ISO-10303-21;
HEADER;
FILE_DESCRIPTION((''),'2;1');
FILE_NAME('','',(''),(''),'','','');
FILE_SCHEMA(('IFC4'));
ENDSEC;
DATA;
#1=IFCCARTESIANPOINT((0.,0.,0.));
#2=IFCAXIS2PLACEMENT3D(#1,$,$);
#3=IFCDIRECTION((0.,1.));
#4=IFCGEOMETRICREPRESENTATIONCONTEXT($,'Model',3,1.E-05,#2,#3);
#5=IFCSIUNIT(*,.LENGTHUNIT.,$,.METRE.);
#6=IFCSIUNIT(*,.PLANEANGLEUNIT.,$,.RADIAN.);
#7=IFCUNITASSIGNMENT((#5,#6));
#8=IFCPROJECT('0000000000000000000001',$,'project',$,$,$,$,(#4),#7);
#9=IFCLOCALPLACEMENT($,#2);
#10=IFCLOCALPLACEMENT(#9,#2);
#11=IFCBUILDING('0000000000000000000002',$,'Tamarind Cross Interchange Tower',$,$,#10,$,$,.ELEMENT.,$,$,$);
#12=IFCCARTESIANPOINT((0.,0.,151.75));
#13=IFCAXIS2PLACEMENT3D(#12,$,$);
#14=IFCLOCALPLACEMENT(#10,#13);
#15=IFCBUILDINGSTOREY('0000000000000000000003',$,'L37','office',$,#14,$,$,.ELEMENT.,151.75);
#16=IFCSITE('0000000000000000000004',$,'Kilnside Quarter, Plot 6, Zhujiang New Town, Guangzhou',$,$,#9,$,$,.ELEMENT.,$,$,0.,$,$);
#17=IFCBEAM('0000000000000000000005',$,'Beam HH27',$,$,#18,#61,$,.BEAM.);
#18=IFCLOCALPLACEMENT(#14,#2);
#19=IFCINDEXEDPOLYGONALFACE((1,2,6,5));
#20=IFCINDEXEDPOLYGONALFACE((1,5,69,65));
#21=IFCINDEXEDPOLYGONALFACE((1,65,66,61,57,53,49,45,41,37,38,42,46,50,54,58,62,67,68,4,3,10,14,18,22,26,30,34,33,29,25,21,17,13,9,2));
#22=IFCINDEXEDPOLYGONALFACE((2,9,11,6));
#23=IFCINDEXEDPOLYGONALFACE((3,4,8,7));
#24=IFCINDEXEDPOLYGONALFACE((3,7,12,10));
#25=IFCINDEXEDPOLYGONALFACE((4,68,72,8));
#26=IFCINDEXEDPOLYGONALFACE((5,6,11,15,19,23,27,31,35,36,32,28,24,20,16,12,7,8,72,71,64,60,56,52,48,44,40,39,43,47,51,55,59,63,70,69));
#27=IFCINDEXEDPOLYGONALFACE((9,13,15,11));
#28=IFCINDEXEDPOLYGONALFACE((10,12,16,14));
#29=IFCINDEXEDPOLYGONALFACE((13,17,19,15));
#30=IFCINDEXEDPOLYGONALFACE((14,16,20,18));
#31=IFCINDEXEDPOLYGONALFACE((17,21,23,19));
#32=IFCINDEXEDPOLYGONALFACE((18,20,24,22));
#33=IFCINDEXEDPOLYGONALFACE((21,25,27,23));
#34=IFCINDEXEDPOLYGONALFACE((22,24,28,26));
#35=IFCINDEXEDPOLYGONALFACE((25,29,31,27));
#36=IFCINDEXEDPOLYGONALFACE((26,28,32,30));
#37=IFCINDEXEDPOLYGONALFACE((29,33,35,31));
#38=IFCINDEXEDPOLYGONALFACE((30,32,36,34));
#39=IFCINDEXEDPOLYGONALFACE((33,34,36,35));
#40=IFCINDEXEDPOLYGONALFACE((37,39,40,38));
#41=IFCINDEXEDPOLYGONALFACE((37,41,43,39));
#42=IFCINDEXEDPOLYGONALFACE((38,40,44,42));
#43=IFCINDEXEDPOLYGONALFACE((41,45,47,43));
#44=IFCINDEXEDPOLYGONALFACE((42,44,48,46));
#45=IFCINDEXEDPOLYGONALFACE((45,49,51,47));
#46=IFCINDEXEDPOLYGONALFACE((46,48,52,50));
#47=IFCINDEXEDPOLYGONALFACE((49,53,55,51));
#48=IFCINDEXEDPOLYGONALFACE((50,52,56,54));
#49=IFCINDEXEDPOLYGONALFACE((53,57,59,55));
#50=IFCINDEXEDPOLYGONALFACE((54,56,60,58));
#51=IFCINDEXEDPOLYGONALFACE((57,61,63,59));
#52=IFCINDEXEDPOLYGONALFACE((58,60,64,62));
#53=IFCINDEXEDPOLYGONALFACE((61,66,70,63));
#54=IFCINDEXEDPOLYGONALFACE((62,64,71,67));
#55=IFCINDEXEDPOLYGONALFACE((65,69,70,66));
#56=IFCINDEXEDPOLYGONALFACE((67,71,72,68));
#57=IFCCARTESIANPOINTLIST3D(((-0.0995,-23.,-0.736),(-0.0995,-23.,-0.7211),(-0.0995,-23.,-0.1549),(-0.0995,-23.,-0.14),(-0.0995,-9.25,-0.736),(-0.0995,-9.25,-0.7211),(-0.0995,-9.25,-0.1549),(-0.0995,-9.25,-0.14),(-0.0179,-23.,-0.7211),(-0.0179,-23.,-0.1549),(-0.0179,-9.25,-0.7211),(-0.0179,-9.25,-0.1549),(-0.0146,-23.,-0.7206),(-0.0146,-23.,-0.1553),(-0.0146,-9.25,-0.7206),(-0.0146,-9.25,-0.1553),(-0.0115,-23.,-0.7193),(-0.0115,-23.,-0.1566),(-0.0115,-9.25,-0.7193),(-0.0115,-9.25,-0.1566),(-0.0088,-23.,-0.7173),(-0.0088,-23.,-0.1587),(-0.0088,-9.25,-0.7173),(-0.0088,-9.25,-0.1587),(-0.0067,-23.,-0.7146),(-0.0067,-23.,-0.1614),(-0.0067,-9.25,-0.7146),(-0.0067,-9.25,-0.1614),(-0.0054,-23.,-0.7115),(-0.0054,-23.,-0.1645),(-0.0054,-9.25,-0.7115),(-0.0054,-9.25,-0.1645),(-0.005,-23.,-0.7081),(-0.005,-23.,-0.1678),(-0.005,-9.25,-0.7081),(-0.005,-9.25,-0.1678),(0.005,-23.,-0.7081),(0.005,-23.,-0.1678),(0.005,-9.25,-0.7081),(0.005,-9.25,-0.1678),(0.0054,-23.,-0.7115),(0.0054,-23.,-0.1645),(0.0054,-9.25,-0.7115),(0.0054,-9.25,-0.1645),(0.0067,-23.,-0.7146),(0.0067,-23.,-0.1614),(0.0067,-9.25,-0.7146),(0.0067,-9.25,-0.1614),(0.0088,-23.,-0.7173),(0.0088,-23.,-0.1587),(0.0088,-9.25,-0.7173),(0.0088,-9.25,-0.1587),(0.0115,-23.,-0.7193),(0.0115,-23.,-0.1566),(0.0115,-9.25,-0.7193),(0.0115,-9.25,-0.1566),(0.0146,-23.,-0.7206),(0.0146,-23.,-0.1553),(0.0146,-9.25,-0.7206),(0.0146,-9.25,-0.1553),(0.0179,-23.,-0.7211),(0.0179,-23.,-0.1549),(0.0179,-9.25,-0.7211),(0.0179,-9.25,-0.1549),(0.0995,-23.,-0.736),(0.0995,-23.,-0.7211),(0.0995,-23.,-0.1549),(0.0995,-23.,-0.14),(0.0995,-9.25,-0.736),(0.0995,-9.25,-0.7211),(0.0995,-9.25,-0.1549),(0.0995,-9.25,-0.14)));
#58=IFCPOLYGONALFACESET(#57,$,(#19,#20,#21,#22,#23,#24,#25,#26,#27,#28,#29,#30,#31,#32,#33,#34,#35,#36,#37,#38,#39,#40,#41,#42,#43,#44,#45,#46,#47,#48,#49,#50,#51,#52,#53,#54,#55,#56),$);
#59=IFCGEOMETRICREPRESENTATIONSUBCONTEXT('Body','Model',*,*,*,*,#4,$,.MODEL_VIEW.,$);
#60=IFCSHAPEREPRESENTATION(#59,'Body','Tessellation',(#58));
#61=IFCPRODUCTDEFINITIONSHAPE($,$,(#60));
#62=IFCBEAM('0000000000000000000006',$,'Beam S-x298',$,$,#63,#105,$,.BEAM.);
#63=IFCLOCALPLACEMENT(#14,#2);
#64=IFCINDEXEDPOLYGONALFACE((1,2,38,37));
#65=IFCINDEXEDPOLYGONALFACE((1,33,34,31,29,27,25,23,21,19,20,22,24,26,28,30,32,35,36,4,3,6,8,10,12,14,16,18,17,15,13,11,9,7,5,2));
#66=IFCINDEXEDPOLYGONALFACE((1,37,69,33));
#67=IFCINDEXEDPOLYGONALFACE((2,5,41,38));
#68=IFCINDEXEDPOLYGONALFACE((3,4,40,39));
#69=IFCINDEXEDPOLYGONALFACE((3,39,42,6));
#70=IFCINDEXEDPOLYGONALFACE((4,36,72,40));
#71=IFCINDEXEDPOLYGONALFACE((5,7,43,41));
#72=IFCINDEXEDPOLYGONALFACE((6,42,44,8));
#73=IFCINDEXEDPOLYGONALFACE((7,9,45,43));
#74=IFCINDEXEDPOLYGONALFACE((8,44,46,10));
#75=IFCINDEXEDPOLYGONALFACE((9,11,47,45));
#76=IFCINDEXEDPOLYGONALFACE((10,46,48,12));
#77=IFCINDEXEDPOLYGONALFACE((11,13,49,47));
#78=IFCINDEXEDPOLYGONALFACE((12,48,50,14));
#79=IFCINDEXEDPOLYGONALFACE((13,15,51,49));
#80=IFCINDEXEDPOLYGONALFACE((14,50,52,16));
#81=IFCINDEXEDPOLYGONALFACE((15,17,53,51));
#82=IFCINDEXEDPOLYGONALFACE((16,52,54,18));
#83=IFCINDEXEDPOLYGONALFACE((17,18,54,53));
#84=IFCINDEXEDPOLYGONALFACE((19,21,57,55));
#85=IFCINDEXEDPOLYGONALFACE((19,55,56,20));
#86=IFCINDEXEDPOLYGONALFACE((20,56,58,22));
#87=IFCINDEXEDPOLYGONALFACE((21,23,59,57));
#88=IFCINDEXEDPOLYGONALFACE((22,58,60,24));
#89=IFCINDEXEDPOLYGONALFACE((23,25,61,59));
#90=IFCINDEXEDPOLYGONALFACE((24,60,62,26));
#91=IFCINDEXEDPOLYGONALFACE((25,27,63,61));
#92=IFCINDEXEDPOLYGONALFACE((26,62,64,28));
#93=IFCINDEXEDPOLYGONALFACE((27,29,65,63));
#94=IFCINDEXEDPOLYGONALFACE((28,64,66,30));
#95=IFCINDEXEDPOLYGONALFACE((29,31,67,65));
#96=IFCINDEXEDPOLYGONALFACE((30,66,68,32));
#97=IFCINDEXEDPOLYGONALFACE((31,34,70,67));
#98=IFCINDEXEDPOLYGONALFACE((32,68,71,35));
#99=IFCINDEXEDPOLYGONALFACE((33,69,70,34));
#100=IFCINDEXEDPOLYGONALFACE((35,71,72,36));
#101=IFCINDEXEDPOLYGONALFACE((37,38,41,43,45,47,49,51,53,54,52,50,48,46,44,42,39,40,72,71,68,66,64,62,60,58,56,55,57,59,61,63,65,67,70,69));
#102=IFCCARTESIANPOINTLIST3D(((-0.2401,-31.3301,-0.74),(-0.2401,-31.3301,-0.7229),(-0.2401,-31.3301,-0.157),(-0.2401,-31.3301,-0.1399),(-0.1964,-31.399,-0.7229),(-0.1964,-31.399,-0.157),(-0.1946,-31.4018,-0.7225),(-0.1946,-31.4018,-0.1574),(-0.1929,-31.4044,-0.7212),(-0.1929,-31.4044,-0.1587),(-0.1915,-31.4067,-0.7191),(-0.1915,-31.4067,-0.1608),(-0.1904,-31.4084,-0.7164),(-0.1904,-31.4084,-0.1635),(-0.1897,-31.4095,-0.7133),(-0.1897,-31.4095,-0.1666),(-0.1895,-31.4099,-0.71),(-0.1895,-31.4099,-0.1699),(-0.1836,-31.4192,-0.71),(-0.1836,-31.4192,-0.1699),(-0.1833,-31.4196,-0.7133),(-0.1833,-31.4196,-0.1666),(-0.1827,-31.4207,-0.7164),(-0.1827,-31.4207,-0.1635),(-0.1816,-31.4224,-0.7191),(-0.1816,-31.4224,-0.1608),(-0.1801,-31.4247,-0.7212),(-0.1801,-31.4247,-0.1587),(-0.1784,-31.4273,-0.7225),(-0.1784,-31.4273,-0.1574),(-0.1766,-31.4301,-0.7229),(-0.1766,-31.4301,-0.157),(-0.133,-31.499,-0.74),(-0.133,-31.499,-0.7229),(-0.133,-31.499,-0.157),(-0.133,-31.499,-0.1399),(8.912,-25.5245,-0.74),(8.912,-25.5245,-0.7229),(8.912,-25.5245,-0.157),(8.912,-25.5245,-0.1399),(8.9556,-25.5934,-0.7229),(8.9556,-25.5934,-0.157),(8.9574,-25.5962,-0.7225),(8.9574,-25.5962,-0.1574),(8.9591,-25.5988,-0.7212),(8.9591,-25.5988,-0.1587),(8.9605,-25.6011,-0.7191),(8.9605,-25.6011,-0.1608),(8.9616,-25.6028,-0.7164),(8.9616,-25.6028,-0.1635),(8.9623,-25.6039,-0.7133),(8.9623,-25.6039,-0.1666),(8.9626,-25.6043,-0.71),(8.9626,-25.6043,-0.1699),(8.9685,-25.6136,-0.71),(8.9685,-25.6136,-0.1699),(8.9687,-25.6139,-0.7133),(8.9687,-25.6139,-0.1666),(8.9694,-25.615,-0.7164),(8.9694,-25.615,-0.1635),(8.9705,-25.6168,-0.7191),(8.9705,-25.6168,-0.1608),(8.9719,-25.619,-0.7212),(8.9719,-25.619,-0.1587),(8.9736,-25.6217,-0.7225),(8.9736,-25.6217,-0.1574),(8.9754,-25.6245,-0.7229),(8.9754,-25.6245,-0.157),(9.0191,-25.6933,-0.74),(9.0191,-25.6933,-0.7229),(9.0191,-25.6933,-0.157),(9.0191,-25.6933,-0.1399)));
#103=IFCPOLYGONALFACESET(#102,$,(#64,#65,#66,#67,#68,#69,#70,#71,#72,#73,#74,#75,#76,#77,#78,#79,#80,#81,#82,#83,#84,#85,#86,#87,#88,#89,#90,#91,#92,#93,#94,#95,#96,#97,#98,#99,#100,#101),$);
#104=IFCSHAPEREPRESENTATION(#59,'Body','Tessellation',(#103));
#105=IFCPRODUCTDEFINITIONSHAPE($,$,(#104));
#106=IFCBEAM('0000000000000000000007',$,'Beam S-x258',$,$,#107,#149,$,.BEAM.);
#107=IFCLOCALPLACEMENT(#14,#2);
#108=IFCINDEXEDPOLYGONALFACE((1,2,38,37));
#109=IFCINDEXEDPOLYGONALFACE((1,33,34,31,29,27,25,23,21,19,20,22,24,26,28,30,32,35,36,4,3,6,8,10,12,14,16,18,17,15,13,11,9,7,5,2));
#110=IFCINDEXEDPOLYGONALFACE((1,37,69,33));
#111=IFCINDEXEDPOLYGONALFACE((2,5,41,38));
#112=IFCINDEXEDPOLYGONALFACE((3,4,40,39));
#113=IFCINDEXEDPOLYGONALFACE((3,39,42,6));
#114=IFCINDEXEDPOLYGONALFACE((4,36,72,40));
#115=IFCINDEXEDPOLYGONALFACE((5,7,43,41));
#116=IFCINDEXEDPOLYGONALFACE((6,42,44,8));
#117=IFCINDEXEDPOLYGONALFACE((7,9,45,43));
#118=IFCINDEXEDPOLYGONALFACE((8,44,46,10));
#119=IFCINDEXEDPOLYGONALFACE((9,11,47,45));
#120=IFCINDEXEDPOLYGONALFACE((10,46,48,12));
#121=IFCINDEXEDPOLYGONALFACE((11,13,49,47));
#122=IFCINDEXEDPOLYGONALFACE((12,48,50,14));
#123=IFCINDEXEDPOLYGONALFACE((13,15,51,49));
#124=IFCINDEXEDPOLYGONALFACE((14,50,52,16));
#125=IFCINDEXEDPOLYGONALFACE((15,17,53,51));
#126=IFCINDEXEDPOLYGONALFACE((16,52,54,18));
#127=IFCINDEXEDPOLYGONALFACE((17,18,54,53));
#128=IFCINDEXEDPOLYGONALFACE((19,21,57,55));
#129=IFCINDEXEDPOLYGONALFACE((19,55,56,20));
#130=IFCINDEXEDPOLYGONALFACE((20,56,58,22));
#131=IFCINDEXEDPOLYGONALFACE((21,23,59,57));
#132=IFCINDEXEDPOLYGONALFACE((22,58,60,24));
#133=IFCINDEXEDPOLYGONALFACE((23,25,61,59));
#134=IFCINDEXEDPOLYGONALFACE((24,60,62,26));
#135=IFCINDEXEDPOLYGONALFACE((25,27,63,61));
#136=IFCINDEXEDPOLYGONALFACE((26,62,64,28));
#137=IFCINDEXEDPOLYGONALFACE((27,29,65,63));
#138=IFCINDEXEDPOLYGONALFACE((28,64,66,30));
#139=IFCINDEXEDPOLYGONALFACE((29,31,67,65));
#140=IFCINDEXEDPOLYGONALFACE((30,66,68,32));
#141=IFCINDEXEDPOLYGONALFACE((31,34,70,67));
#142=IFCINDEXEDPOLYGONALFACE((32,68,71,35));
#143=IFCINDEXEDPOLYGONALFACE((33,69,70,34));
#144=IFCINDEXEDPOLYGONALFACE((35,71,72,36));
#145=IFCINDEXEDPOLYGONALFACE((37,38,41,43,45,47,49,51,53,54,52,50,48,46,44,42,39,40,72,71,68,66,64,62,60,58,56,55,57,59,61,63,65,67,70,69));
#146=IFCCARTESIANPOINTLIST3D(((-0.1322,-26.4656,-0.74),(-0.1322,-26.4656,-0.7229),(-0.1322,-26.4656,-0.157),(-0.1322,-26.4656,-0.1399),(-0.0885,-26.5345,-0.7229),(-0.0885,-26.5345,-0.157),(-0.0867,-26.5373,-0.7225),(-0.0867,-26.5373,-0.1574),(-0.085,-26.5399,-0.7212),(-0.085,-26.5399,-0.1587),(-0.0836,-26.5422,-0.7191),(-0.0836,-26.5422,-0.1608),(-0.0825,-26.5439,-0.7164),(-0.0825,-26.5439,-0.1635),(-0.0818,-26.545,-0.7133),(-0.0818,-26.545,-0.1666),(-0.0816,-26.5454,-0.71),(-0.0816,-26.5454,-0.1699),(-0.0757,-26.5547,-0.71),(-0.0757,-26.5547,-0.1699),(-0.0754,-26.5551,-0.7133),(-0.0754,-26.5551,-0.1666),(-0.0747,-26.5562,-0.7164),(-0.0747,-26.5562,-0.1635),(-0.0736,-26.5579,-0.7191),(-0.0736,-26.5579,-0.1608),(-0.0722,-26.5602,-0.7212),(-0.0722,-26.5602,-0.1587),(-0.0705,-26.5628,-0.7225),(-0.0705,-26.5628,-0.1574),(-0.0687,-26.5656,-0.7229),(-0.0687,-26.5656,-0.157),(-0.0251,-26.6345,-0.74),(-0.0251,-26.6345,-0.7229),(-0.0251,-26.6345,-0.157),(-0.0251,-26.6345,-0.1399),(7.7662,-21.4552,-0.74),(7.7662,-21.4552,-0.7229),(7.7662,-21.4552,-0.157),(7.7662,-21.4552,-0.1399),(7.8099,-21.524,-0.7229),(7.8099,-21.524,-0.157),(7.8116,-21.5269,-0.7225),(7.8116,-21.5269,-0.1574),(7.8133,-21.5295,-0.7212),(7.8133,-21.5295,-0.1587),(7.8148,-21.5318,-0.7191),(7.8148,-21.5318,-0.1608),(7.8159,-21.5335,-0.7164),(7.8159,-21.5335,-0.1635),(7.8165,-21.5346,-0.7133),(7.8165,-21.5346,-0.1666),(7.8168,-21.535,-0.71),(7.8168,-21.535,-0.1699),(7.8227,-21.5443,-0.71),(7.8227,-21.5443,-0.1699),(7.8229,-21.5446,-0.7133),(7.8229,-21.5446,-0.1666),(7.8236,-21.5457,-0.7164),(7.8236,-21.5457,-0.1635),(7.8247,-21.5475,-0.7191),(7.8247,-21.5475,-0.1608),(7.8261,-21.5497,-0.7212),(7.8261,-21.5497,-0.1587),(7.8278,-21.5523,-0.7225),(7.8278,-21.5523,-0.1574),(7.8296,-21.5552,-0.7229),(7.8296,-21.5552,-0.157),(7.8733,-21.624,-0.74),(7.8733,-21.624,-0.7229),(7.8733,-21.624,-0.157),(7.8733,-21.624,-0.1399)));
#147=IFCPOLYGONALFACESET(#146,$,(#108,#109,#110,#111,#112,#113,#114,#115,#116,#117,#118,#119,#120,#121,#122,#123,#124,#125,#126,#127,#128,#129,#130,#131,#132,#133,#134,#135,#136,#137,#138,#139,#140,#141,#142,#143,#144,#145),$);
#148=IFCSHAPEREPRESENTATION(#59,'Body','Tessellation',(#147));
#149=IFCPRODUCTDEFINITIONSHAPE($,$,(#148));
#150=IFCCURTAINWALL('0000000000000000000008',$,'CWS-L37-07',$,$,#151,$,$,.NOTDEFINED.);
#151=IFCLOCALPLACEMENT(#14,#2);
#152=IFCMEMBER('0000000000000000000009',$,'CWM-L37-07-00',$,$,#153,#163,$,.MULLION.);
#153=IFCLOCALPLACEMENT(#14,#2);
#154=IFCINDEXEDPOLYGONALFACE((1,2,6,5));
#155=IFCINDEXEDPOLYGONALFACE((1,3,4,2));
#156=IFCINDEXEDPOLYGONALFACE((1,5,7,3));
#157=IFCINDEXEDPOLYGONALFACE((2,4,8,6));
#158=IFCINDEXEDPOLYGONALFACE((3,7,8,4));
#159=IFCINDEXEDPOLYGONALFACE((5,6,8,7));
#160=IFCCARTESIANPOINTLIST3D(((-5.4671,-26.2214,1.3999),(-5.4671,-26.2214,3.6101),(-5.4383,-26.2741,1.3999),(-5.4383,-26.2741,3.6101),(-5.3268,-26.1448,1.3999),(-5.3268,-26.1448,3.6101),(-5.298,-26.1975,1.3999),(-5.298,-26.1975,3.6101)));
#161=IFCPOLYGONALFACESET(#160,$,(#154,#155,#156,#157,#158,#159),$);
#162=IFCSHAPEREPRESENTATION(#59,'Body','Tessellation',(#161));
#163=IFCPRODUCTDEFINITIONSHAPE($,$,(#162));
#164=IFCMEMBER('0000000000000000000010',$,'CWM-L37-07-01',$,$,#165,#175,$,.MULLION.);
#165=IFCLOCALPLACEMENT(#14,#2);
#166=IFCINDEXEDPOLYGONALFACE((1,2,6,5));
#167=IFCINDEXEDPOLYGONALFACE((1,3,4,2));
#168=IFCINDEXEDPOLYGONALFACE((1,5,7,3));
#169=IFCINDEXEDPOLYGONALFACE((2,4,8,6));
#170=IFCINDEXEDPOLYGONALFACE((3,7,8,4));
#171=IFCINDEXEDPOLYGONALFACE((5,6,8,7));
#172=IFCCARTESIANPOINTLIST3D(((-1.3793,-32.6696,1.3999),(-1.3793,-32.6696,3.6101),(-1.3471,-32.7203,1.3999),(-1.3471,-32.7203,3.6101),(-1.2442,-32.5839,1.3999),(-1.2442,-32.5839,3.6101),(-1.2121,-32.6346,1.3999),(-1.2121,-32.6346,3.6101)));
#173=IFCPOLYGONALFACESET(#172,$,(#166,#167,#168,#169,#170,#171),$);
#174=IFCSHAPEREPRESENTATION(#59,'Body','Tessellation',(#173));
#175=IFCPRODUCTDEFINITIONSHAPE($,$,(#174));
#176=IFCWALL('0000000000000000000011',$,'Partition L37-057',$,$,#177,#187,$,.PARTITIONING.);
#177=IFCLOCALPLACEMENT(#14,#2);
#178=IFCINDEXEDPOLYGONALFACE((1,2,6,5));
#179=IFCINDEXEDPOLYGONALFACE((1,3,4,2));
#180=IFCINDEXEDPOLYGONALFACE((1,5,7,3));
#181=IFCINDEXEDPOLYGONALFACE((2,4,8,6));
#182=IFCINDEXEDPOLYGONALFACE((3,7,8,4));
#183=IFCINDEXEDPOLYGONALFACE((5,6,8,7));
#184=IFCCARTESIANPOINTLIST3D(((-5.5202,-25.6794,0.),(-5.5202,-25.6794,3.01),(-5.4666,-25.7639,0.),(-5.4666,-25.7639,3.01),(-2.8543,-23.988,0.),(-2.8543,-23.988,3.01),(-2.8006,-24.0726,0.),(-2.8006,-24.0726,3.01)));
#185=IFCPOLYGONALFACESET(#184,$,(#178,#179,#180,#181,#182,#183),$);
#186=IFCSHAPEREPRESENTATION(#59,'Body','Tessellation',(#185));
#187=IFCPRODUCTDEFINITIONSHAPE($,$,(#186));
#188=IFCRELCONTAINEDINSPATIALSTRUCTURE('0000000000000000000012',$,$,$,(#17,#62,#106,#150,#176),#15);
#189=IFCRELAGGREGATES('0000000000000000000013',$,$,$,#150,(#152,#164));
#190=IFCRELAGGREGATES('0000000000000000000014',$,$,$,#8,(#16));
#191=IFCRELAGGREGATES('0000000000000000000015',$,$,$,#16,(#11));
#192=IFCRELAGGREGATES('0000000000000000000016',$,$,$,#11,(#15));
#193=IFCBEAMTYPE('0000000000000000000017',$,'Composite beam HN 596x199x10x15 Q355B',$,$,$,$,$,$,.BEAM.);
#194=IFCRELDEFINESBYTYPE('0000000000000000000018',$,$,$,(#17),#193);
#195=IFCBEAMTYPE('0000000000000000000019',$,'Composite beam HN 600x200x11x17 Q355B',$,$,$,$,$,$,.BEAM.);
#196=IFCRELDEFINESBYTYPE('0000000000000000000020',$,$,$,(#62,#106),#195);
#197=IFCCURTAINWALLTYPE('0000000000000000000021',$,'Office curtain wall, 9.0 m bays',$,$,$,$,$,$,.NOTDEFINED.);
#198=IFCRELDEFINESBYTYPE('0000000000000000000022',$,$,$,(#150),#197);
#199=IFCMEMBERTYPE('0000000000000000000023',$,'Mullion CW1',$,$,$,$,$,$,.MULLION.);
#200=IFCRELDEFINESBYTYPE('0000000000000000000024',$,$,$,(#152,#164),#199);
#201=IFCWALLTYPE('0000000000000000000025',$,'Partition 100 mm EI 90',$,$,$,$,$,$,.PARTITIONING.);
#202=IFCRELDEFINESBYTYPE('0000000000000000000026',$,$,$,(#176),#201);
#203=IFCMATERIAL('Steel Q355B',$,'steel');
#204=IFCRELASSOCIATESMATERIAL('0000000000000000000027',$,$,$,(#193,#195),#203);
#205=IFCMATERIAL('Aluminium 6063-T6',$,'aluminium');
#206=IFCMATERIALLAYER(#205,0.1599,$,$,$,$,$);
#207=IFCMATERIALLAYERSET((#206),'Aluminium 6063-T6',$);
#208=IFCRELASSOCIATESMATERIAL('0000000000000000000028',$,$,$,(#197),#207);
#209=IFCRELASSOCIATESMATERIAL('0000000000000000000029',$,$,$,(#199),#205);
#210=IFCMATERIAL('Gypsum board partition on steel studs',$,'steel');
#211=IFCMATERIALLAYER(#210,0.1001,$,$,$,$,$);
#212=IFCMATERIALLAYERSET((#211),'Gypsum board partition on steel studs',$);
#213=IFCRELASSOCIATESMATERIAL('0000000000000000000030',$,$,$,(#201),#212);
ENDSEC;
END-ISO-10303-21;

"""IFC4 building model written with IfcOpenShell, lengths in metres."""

from ifc_helpers import new_model, si_unit, direction, frame, frame_2d, origin, origin_2d, place, context, subcontext, project, spatial, rectangle, i_section, extrude, material, layer, layer_set, material_profile, profile_set, type_object, element, aggregate, save


model = new_model("IFC4")

# Units and contexts
model_context = context("Model", 3, precision=1e-05, world=origin(), true_north=direction((0.0, 1.0)))
body_context = subcontext(model_context, "Body", "Model", "MODEL_VIEW")
ifc_project = project(units=[si_unit("LENGTHUNIT", "METRE"), si_unit("PLANEANGLEUNIT", "RADIAN")], contexts=[model_context])

# Site, building, storey
site_placement = place(None, origin())
site = spatial("IfcSite", under=ifc_project, at=site_placement, Name="Kilnside Quarter, Plot 6, Zhujiang New Town, Guangzhou", CompositionType="ELEMENT", RefElevation=0.0)
building_placement = place(site_placement, origin())
building = spatial("IfcBuilding", under=site, at=building_placement, Name="Tamarind Cross Interchange Tower", CompositionType="ELEMENT")
storey_placement = place(building_placement, frame((0.0, 0.0, 151.75)))
storey = spatial("IfcBuildingStorey", under=building, at=storey_placement, Name="L37", Description="office", CompositionType="ELEMENT", Elevation=151.75)

# Beams
ifc_material_1 = material(Name="Steel Q355B", Category="steel")
ifc_material_profile_1 = material_profile(ifc_material_1, i_section(OverallWidth=0.199, OverallDepth=0.5959, WebThickness=0.01, FlangeThickness=0.0149, FilletRadius=0.0129, at=origin_2d()), Name="HN 596x199x10x15")
ifc_profile_set_1 = profile_set([ifc_material_profile_1], Name="Steel Q355B")
beam_type_1 = type_object("IfcBeamType", Name="Composite beam HN 596x199x10x15 Q355B", PredefinedType="BEAM", material=ifc_profile_set_1)
beam_1_placement = place(storey_placement, frame((0.0, -23.0, -0.438), z_axis=(0.0, 1.0, 0.0), x_axis=(-1.0, 0.0, 0.0)))
element("IfcBeam", 1, at=beam_1_placement, inside=storey, type_object=beam_type_1, Name="Beam HH27", PredefinedType="BEAM", context=body_context, shape_type="SweptSolid", body=[
    extrude(i_section(OverallWidth=0.199, OverallDepth=0.5959, WebThickness=0.01, FlangeThickness=0.0149, FilletRadius=0.0129, at=origin_2d()), origin(), (0.0, 0.0, 1.0), 13.75),
])
ifc_material_profile_2 = material_profile(ifc_material_1, i_section(OverallWidth=0.2, OverallDepth=0.6001, WebThickness=0.011, FlangeThickness=0.0171, FilletRadius=0.0129, at=origin_2d()), Name="HN 600x200x11x17")
ifc_profile_set_2 = profile_set([ifc_material_profile_2], Name="Steel Q355B")
beam_type_2 = type_object("IfcBeamType", Name="Composite beam HN 600x200x11x17 Q355B", PredefinedType="BEAM", material=ifc_profile_set_2)
beam_2_placement = place(storey_placement, frame((-0.1865, -31.4146, -0.4399), z_axis=(0.84443, 0.535667, 0.0), x_axis=(-0.535667, 0.84443, 0.0)))
element("IfcBeam", 2, at=beam_2_placement, inside=storey, type_object=beam_type_2, Name="Beam S-x298", PredefinedType="BEAM", context=body_context, shape_type="SweptSolid", body=[
    extrude(i_section(OverallWidth=0.2, OverallDepth=0.6001, WebThickness=0.011, FlangeThickness=0.0171, FilletRadius=0.0129, at=origin_2d()), origin(), (0.0, 0.0, 1.0), 10.8381),
])
beam_3_placement = place(storey_placement, frame((-0.0786, -26.55, -0.4399), z_axis=(0.844425, 0.535674, 0.0), x_axis=(-0.535674, 0.844425, 0.0)))
element("IfcBeam", 3, at=beam_3_placement, inside=storey, type_object=beam_type_2, Name="Beam S-x258", PredefinedType="BEAM", context=body_context, shape_type="SweptSolid", body=[
    extrude(i_section(OverallWidth=0.2, OverallDepth=0.6001, WebThickness=0.011, FlangeThickness=0.0171, FilletRadius=0.0129, at=origin_2d()), origin(), (0.0, 0.0, 1.0), 9.3535),
])

# Curtain wall, members
ifc_material_2 = material(Name="Aluminium 6063-T6", Category="aluminium")
ifc_layer_1 = layer(ifc_material_2, 0.1599)
ifc_layer_set_1 = layer_set([ifc_layer_1], Name="Aluminium 6063-T6")
curtain_wall_type = type_object("IfcCurtainWallType", Name="Office curtain wall, 9.0 m bays", PredefinedType="NOTDEFINED", material=ifc_layer_set_1)
curtain_wall_placement = place(storey_placement, origin())
curtain_wall = element("IfcCurtainWall", 4, at=curtain_wall_placement, inside=storey, type_object=curtain_wall_type, Name="CWS-L37-07", PredefinedType="NOTDEFINED")
ifc_material_profile_3 = material_profile(ifc_material_2, rectangle(XDim=0.0601, YDim=0.1599, at=origin_2d()), Name="Mullion CW1")
ifc_profile_set_3 = profile_set([ifc_material_profile_3], Name="Aluminium 6063-T6")
member_type = type_object("IfcMemberType", Name="Mullion CW1", PredefinedType="MULLION", material=ifc_profile_set_3)
member_1_placement = place(storey_placement, frame((-5.3826, -26.2095, 1.3999), z_axis=(0.0, 0.0, 1.0), x_axis=(0.479286, -0.877659, 0.0)))
member_1 = element("IfcMember", 5, at=member_1_placement, type_object=member_type, Name="CWM-L37-07-00", PredefinedType="MULLION", context=body_context, shape_type="SweptSolid", body=[
    extrude(rectangle(XDim=0.0601, YDim=0.1599, at=origin_2d()), origin(), (0.0, 0.0, 1.0), 2.2102),
])
member_2_placement = place(storey_placement, frame((-1.2957, -32.6521, 1.3999), z_axis=(0.0, 0.0, 1.0), x_axis=(0.535662, -0.844433, 0.0)))
member_2 = element("IfcMember", 6, at=member_2_placement, type_object=member_type, Name="CWM-L37-07-01", PredefinedType="MULLION", context=body_context, shape_type="SweptSolid", body=[
    extrude(rectangle(XDim=0.0601, YDim=0.1599, at=origin_2d()), origin(), (0.0, 0.0, 1.0), 2.2102),
])
aggregate(curtain_wall, [member_1, member_2])

# Wall
ifc_material_3 = material(Name="Gypsum board partition on steel studs", Category="steel")
ifc_layer_2 = layer(ifc_material_3, 0.1001)
ifc_layer_set_2 = layer_set([ifc_layer_2], Name="Gypsum board partition on steel studs")
wall_type_1 = type_object("IfcWallType", Name="Partition 100 mm EI 90", PredefinedType="PARTITIONING", material=ifc_layer_set_2)
wall_1_placement = place(storey_placement, frame((-5.4934, -25.7217, 0.0), z_axis=(0.0, 0.0, 1.0), x_axis=(0.844399, 0.535714, 0.0)))
element("IfcWall", 7, at=wall_1_placement, inside=storey, type_object=wall_type_1, Name="Partition L37-057", PredefinedType="PARTITIONING", context=body_context, shape_type="SweptSolid", body=[
    extrude(rectangle(XDim=3.1572, YDim=0.1001, at=frame_2d((1.5786, 0.0))), origin(), (0.0, 0.0, 1.0), 3.01),
])

save(model, "model.ifc")
